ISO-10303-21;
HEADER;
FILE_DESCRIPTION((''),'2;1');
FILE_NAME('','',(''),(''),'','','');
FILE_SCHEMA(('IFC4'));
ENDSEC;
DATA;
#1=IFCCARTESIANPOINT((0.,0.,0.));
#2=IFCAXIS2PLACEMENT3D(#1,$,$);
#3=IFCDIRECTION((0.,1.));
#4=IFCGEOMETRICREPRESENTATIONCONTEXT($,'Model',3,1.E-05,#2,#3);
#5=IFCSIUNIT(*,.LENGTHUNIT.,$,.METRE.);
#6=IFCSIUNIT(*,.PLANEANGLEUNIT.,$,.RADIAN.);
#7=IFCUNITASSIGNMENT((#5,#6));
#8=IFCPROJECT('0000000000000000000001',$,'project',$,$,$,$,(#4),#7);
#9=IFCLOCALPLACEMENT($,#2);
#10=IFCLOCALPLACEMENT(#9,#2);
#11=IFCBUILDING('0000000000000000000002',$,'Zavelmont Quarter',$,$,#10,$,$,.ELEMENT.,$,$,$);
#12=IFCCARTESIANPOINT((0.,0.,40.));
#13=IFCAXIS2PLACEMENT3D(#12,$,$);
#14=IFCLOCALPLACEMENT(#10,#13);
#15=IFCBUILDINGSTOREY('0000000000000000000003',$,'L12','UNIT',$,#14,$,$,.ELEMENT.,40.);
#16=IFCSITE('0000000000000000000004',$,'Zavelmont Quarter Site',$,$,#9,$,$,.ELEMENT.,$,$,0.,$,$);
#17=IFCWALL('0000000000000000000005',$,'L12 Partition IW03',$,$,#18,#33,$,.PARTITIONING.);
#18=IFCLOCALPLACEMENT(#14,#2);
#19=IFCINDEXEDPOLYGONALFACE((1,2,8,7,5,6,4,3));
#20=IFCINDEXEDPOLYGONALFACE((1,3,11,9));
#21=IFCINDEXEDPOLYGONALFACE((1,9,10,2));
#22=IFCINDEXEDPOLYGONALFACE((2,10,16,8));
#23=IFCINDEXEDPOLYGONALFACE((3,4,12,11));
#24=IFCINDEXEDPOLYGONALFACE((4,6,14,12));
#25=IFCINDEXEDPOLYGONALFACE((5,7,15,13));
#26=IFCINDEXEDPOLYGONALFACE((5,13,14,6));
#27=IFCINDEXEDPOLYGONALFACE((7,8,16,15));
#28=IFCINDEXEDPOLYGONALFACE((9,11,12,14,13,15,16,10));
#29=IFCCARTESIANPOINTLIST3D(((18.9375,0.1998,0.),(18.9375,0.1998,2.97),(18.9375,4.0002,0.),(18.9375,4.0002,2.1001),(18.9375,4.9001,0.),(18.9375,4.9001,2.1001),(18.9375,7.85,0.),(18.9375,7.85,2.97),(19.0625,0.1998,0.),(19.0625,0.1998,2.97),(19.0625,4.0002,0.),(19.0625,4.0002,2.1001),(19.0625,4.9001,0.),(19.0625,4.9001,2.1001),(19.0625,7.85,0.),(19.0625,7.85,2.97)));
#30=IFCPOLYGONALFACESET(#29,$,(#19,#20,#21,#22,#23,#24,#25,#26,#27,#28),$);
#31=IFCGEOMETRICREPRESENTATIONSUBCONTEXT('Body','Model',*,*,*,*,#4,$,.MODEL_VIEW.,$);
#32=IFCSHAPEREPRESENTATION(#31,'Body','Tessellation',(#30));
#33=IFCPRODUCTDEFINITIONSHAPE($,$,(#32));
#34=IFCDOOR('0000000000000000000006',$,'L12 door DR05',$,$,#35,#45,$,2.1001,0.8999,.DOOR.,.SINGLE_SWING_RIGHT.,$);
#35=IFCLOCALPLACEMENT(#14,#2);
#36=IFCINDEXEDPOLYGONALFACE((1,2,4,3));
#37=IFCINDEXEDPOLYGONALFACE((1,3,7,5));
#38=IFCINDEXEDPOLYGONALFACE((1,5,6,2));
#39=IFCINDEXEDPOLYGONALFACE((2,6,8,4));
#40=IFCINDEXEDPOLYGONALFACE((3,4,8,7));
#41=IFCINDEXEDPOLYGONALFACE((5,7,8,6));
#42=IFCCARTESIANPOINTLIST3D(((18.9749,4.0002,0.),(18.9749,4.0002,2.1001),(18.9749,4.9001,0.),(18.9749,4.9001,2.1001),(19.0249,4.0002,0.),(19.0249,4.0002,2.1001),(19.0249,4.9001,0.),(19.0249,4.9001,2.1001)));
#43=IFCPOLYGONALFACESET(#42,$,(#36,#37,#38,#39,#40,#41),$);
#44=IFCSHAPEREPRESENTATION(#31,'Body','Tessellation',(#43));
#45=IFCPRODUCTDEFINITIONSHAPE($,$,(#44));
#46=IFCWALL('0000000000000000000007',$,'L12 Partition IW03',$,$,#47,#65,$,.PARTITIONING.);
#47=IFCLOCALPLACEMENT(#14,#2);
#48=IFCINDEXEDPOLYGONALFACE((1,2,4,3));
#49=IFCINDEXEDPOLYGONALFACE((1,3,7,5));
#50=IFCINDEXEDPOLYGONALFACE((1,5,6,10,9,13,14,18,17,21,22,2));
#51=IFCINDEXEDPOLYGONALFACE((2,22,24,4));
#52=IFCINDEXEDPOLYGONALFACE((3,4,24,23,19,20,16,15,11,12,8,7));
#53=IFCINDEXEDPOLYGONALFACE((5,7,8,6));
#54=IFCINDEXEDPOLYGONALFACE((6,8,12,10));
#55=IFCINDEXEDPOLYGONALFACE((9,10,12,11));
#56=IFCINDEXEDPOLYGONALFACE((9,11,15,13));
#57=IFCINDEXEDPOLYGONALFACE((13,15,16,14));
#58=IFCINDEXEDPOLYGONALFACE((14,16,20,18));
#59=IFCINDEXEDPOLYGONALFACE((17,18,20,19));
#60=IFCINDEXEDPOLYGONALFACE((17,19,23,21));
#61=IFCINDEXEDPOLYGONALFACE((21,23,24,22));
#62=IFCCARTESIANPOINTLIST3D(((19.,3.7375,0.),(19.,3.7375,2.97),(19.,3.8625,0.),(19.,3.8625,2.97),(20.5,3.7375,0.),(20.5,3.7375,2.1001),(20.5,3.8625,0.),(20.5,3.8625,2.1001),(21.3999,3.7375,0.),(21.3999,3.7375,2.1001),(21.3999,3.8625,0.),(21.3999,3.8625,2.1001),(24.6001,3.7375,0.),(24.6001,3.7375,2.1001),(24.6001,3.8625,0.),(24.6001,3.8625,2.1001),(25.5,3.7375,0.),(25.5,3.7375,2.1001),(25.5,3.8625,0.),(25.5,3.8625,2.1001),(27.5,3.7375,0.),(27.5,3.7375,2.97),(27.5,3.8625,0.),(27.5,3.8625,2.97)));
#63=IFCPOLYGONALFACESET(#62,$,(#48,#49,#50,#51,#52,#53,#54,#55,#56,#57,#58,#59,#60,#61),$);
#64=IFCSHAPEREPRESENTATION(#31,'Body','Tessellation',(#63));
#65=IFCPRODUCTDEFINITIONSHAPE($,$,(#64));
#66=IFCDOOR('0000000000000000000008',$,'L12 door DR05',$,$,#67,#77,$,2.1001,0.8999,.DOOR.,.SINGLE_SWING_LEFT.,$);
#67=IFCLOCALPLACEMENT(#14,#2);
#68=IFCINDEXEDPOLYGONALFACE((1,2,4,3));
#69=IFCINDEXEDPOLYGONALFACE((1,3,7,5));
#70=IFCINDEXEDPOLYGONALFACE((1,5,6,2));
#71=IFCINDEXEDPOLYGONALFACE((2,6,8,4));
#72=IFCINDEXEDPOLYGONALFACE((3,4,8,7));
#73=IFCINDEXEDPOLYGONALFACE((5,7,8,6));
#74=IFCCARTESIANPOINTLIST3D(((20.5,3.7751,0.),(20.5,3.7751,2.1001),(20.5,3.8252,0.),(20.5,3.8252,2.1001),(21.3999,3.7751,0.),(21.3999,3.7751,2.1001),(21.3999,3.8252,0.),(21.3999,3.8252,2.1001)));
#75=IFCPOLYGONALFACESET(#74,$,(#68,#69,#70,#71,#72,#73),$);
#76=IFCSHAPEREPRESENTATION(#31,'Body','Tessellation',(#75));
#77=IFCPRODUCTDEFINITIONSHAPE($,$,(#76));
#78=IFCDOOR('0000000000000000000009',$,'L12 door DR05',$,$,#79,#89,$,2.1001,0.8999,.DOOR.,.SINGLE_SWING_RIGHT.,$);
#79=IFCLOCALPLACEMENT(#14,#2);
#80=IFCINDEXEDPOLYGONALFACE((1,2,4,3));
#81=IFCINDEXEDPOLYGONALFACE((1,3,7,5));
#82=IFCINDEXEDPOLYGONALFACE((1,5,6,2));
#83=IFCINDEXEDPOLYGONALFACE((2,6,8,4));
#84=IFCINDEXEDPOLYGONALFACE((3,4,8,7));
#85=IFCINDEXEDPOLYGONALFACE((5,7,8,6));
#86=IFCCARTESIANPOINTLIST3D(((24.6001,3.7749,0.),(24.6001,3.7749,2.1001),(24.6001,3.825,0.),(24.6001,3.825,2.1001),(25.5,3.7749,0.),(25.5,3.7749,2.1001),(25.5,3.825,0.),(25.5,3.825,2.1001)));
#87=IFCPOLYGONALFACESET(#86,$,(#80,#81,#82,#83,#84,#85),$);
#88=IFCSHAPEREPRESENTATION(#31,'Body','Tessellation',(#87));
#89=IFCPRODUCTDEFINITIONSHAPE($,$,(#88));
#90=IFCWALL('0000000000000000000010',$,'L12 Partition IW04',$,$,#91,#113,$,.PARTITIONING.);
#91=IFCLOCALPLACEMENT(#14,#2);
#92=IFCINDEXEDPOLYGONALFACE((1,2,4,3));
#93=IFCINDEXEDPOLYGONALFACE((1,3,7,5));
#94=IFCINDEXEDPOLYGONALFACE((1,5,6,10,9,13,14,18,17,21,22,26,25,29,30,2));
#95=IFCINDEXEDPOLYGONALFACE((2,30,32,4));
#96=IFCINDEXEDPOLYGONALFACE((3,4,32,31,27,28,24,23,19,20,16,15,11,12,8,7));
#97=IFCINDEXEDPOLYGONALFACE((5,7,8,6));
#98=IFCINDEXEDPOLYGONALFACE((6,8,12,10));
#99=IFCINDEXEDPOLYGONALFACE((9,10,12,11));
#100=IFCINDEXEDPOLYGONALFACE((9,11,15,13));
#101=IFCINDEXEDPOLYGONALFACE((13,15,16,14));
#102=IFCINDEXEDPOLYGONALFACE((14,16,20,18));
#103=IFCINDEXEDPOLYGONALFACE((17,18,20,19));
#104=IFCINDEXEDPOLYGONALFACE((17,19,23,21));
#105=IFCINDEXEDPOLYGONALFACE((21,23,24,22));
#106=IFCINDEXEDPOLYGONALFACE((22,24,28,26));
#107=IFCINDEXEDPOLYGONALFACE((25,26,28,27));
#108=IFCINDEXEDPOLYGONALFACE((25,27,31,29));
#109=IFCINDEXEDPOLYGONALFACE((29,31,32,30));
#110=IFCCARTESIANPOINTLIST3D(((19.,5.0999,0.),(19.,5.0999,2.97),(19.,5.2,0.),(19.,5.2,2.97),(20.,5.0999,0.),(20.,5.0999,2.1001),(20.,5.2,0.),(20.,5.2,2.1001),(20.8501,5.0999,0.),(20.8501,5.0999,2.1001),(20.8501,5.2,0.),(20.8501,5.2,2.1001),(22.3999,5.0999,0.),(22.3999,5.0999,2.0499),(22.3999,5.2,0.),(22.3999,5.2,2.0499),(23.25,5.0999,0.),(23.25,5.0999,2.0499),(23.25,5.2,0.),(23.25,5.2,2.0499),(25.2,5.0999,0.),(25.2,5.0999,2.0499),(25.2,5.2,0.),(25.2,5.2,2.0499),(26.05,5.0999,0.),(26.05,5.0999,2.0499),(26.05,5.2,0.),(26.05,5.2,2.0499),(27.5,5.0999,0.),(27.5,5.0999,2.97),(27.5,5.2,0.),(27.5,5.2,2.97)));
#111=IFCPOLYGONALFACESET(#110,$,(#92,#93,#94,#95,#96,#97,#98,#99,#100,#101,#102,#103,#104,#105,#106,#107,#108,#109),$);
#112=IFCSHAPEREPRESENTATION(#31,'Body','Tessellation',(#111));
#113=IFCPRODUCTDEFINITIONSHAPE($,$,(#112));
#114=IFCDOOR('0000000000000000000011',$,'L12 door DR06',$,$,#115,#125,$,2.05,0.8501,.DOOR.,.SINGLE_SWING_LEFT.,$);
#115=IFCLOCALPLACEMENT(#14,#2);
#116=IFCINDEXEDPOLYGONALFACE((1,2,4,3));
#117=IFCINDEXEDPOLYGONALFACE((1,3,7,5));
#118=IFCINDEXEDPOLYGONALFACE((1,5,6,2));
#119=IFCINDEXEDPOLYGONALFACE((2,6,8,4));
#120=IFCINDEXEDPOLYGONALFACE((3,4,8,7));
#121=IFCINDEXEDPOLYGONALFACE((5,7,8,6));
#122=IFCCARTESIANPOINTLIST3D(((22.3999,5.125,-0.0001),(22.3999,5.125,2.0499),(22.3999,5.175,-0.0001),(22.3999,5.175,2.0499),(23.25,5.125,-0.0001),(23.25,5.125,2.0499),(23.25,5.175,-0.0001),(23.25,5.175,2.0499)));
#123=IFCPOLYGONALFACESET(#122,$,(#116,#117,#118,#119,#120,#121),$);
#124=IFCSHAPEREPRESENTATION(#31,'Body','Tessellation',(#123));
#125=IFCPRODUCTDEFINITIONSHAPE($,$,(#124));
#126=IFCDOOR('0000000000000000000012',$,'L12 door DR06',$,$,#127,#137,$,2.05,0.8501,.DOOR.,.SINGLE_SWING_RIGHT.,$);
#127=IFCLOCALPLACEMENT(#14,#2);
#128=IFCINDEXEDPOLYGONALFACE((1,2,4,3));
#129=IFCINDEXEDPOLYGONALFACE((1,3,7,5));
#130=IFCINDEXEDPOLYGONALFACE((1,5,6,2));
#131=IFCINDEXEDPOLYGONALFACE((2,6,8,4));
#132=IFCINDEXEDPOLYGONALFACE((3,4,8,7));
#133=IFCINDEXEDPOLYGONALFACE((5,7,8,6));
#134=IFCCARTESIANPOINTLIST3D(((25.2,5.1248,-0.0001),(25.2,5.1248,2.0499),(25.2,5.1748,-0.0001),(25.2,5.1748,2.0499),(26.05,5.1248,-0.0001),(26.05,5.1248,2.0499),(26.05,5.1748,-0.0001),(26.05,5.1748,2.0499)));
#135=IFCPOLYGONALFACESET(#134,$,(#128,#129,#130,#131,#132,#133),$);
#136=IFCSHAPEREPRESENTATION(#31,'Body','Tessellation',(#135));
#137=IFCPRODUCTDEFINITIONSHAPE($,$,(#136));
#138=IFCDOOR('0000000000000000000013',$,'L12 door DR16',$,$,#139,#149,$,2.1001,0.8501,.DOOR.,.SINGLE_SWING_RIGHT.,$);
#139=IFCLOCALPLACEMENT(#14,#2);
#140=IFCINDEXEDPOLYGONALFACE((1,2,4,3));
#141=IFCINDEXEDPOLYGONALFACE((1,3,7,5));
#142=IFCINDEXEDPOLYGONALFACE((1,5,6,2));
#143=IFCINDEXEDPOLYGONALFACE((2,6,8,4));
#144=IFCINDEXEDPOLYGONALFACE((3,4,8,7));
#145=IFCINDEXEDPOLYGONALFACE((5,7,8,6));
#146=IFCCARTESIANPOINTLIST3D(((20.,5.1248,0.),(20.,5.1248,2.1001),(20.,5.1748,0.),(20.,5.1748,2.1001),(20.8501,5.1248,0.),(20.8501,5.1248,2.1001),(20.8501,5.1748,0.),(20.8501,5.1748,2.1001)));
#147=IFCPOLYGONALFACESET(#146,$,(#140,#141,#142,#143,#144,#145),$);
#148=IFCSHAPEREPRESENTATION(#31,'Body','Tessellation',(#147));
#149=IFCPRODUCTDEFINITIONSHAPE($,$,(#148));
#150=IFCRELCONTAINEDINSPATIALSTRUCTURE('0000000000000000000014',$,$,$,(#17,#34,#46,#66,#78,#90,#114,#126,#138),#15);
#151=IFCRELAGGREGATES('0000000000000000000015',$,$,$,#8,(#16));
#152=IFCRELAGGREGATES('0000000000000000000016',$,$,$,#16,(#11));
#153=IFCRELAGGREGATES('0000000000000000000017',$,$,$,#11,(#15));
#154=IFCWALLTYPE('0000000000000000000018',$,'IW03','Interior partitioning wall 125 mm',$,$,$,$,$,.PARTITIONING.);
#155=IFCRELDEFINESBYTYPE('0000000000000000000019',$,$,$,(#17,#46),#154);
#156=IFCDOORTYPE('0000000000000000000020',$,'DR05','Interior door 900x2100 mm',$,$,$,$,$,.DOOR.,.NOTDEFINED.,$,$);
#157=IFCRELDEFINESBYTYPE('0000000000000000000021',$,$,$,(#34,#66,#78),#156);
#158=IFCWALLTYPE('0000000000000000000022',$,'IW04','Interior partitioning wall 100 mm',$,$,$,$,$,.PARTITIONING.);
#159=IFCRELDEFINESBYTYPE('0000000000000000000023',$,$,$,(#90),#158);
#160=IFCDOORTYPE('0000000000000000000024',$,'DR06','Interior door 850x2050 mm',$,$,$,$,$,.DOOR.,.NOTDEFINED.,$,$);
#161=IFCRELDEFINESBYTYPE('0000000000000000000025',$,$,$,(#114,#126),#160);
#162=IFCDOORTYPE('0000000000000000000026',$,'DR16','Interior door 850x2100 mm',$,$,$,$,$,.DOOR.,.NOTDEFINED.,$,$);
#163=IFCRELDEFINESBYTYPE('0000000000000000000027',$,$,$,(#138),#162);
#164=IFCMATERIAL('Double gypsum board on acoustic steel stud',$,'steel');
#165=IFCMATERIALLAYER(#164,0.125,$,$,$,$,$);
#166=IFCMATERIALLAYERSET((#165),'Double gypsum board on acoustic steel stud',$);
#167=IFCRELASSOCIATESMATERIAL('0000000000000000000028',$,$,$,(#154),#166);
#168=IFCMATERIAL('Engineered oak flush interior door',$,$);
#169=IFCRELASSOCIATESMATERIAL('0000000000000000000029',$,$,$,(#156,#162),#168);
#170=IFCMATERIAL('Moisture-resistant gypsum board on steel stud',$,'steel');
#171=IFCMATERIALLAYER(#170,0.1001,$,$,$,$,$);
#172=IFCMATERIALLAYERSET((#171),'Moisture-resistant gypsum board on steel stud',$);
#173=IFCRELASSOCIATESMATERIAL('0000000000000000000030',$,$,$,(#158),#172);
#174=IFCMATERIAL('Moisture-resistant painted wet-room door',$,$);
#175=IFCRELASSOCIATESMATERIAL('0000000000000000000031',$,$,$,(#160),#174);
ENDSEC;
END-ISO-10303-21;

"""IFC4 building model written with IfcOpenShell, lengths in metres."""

from ifc_helpers import new_model, si_unit, direction, frame, frame_2d, origin, origin_with_axes, place, context, subcontext, project, spatial, rectangle, extrude, material, layer, layer_set, type_object, element, fill, save


model = new_model("IFC4")

# Units and contexts
model_context = context("Model", 3, precision=1e-05, world=origin(), true_north=direction((0.0, 1.0)))
body_context = subcontext(model_context, "Body", "Model", "MODEL_VIEW")
ifc_project = project(units=[si_unit("LENGTHUNIT", "METRE"), si_unit("PLANEANGLEUNIT", "RADIAN")], contexts=[model_context])

# Site, building, storey
site_placement = place(None, origin())
site = spatial("IfcSite", under=ifc_project, at=site_placement, Name="Zavelmont Quarter Site", CompositionType="ELEMENT", RefElevation=0.0)
building_placement = place(site_placement, origin())
building = spatial("IfcBuilding", under=site, at=building_placement, Name="Zavelmont Quarter", CompositionType="ELEMENT")
storey_placement = place(building_placement, frame((0.0, 0.0, 40.0)))
storey = spatial("IfcBuildingStorey", under=building, at=storey_placement, Name="L12", Description="UNIT", CompositionType="ELEMENT", Elevation=40.0)

# Wall, opening, door
ifc_material_1 = material(Name="Double gypsum board on acoustic steel stud", Category="steel")
ifc_layer_1 = layer(ifc_material_1, 0.125)
ifc_layer_set_1 = layer_set([ifc_layer_1], Name="Double gypsum board on acoustic steel stud")
wall_type_1 = type_object("IfcWallType", Name="IW03", Description="Interior partitioning wall 125 mm", PredefinedType="PARTITIONING", material=ifc_layer_set_1)
wall_1_placement = place(storey_placement, frame((19.0, 7.8501, 0.0), z_axis=(0.0, 0.0, 1.0), x_axis=(0.0, -1.0, 0.0)))
wall_1 = element("IfcWall", 1, at=wall_1_placement, inside=storey, type_object=wall_type_1, Name="L12 Partition IW03", PredefinedType="PARTITIONING", context=body_context, shape_type="SweptSolid", body=[
    extrude(rectangle(XDim=7.6501, YDim=0.125, at=frame_2d((3.8252, 0.0))), origin(), (0.0, 0.0, 1.0), 2.97),
])
opening_1_placement = place(wall_1_placement, frame((2.95, 0.0, 0.0)))
opening_1 = element("IfcOpeningElement", 2, at=opening_1_placement, cuts=wall_1, PredefinedType="OPENING", context=body_context, shape_type="SweptSolid", body=[
    extrude(rectangle(XDim=0.8999, YDim=2.1001, at=frame_2d((0.45, 1.05))), frame((0.0, 0.0745, 0.0), z_axis=(0.0, -1.0, 0.0), x_axis=(1.0, 0.0, 0.0)), (0.0, 0.0, 1.0), 0.1489),
])
ifc_material_2 = material(Name="Engineered oak flush interior door")
door_type_1 = type_object("IfcDoorType", Name="DR05", Description="Interior door 900x2100 mm", OperationType="NOTDEFINED", PredefinedType="DOOR", material=ifc_material_2)
door_1_placement = place(opening_1_placement, origin_with_axes())
door_1 = element("IfcDoor", 3, at=door_1_placement, inside=storey, type_object=door_type_1, Name="L12 door DR05", OperationType="SINGLE_SWING_RIGHT", OverallHeight=2.1001, OverallWidth=0.8999, PredefinedType="DOOR", context=body_context, shape_type="SweptSolid", body=[
    extrude(rectangle(XDim=0.8999, YDim=2.1001, at=frame_2d((0.45, 1.05))), frame((0.0, 0.0249, 0.0), z_axis=(0.0, -1.0, 0.0), x_axis=(1.0, 0.0, 0.0)), (0.0, 0.0, 1.0), 0.05),
])
fill(opening_1, door_1)

# Walls, openings, doors
wall_2_placement = place(storey_placement, frame((19.0, 3.8, 0.0), z_axis=(0.0, 0.0, 1.0), x_axis=(1.0, 0.0, 0.0)))
wall_2 = element("IfcWall", 4, at=wall_2_placement, inside=storey, type_object=wall_type_1, Name="L12 Partition IW03", PredefinedType="PARTITIONING", context=body_context, shape_type="SweptSolid", body=[
    extrude(rectangle(XDim=8.5, YDim=0.125, at=frame_2d((4.25, 0.0))), origin(), (0.0, 0.0, 1.0), 2.97),
])
opening_2_placement = place(wall_2_placement, frame((1.5, 0.0, 0.0)))
opening_2 = element("IfcOpeningElement", 5, at=opening_2_placement, cuts=wall_2, PredefinedType="OPENING", context=body_context, shape_type="SweptSolid", body=[
    extrude(rectangle(XDim=0.8999, YDim=2.1001, at=frame_2d((0.45, 1.05))), frame((0.0, 0.0745, 0.0), z_axis=(0.0, -1.0, 0.0), x_axis=(1.0, 0.0, 0.0)), (0.0, 0.0, 1.0), 0.1489),
])
opening_3_placement = place(wall_2_placement, frame((5.6001, 0.0, 0.0)))
opening_3 = element("IfcOpeningElement", 6, at=opening_3_placement, cuts=wall_2, PredefinedType="OPENING", context=body_context, shape_type="SweptSolid", body=[
    extrude(rectangle(XDim=0.8999, YDim=2.1001, at=frame_2d((0.45, 1.05))), frame((0.0, 0.0745, 0.0), z_axis=(0.0, -1.0, 0.0), x_axis=(1.0, 0.0, 0.0)), (0.0, 0.0, 1.0), 0.1489),
])
door_2_placement = place(opening_2_placement, frame((0.8999, 0.0, 0.0), z_axis=(0.0, 0.0, 1.0), x_axis=(-1.0, 0.0, 0.0)))
door_2 = element("IfcDoor", 7, at=door_2_placement, inside=storey, type_object=door_type_1, Name="L12 door DR05", OperationType="SINGLE_SWING_LEFT", OverallHeight=2.1001, OverallWidth=0.8999, PredefinedType="DOOR", context=body_context, shape_type="SweptSolid", body=[
    extrude(rectangle(XDim=0.8999, YDim=2.1001, at=frame_2d((0.45, 1.05))), frame((0.0, 0.0249, 0.0), z_axis=(0.0, -1.0, 0.0), x_axis=(1.0, 0.0, 0.0)), (0.0, 0.0, 1.0), 0.05),
])
fill(opening_2, door_2)
door_3_placement = place(opening_3_placement, origin_with_axes())
door_3 = element("IfcDoor", 8, at=door_3_placement, inside=storey, type_object=door_type_1, Name="L12 door DR05", OperationType="SINGLE_SWING_RIGHT", OverallHeight=2.1001, OverallWidth=0.8999, PredefinedType="DOOR", context=body_context, shape_type="SweptSolid", body=[
    extrude(rectangle(XDim=0.8999, YDim=2.1001, at=frame_2d((0.45, 1.05))), frame((0.0, 0.0249, 0.0), z_axis=(0.0, -1.0, 0.0), x_axis=(1.0, 0.0, 0.0)), (0.0, 0.0, 1.0), 0.05),
])
fill(opening_3, door_3)
ifc_material_3 = material(Name="Moisture-resistant gypsum board on steel stud", Category="steel")
ifc_layer_2 = layer(ifc_material_3, 0.1001)
ifc_layer_set_2 = layer_set([ifc_layer_2], Name="Moisture-resistant gypsum board on steel stud")
wall_type_2 = type_object("IfcWallType", Name="IW04", Description="Interior partitioning wall 100 mm", PredefinedType="PARTITIONING", material=ifc_layer_set_2)
wall_3_placement = place(storey_placement, frame((19.0, 5.1499, 0.0), z_axis=(0.0, 0.0, 1.0), x_axis=(1.0, 0.0, 0.0)))
wall_3 = element("IfcWall", 9, at=wall_3_placement, inside=storey, type_object=wall_type_2, Name="L12 Partition IW04", PredefinedType="PARTITIONING", context=body_context, shape_type="SweptSolid", body=[
    extrude(rectangle(XDim=8.5, YDim=0.1001, at=frame_2d((4.25, 0.0))), origin(), (0.0, 0.0, 1.0), 2.97),
])
opening_4_placement = place(wall_3_placement, frame((1.0, 0.0, 0.0)))
opening_4 = element("IfcOpeningElement", 10, at=opening_4_placement, cuts=wall_3, PredefinedType="OPENING", context=body_context, shape_type="SweptSolid", body=[
    extrude(rectangle(XDim=0.8501, YDim=2.1001, at=frame_2d((0.425, 1.05))), frame((0.0, 0.062, 0.0), z_axis=(0.0, -1.0, 0.0), x_axis=(1.0, 0.0, 0.0)), (0.0, 0.0, 1.0), 0.124),
])
opening_5_placement = place(wall_3_placement, frame((3.3999, 0.0, 0.0)))
opening_5 = element("IfcOpeningElement", 11, at=opening_5_placement, cuts=wall_3, PredefinedType="OPENING", context=body_context, shape_type="SweptSolid", body=[
    extrude(rectangle(XDim=0.8501, YDim=2.05, at=frame_2d((0.425, 1.0249))), frame((0.0, 0.062, 0.0), z_axis=(0.0, -1.0, 0.0), x_axis=(1.0, 0.0, 0.0)), (0.0, 0.0, 1.0), 0.124),
])
opening_6_placement = place(wall_3_placement, frame((6.2, 0.0, 0.0)))
opening_6 = element("IfcOpeningElement", 12, at=opening_6_placement, cuts=wall_3, PredefinedType="OPENING", context=body_context, shape_type="SweptSolid", body=[
    extrude(rectangle(XDim=0.8501, YDim=2.05, at=frame_2d((0.425, 1.0249))), frame((0.0, 0.062, 0.0), z_axis=(0.0, -1.0, 0.0), x_axis=(1.0, 0.0, 0.0)), (0.0, 0.0, 1.0), 0.124),
])
ifc_material_4 = material(Name="Moisture-resistant painted wet-room door")
door_type_2 = type_object("IfcDoorType", Name="DR06", Description="Interior door 850x2050 mm", OperationType="NOTDEFINED", PredefinedType="DOOR", material=ifc_material_4)
door_4_placement = place(opening_5_placement, frame((0.8501, 0.0, 0.0), z_axis=(0.0, 0.0, 1.0), x_axis=(-1.0, 0.0, 0.0)))
door_4 = element("IfcDoor", 13, at=door_4_placement, inside=storey, type_object=door_type_2, Name="L12 door DR06", OperationType="SINGLE_SWING_LEFT", OverallHeight=2.05, OverallWidth=0.8501, PredefinedType="DOOR", context=body_context, shape_type="SweptSolid", body=[
    extrude(rectangle(XDim=0.8501, YDim=2.05, at=frame_2d((0.425, 1.0249))), frame((0.0, 0.0249, 0.0), z_axis=(0.0, -1.0, 0.0), x_axis=(1.0, 0.0, 0.0)), (0.0, 0.0, 1.0), 0.05),
])
fill(opening_5, door_4)
door_5_placement = place(opening_6_placement, origin_with_axes())
door_5 = element("IfcDoor", 14, at=door_5_placement, inside=storey, type_object=door_type_2, Name="L12 door DR06", OperationType="SINGLE_SWING_RIGHT", OverallHeight=2.05, OverallWidth=0.8501, PredefinedType="DOOR", context=body_context, shape_type="SweptSolid", body=[
    extrude(rectangle(XDim=0.8501, YDim=2.05, at=frame_2d((0.425, 1.0249))), frame((0.0, 0.0249, 0.0), z_axis=(0.0, -1.0, 0.0), x_axis=(1.0, 0.0, 0.0)), (0.0, 0.0, 1.0), 0.05),
])
fill(opening_6, door_5)
door_type_3 = type_object("IfcDoorType", Name="DR16", Description="Interior door 850x2100 mm", OperationType="NOTDEFINED", PredefinedType="DOOR", material=ifc_material_2)
door_6_placement = place(opening_4_placement, origin_with_axes())
door_6 = element("IfcDoor", 15, at=door_6_placement, inside=storey, type_object=door_type_3, Name="L12 door DR16", OperationType="SINGLE_SWING_RIGHT", OverallHeight=2.1001, OverallWidth=0.8501, PredefinedType="DOOR", context=body_context, shape_type="SweptSolid", body=[
    extrude(rectangle(XDim=0.8501, YDim=2.1001, at=frame_2d((0.425, 1.05))), frame((0.0, 0.0249, 0.0), z_axis=(0.0, -1.0, 0.0), x_axis=(1.0, 0.0, 0.0)), (0.0, 0.0, 1.0), 0.05),
])
fill(opening_4, door_6)

save(model, "model.ifc")
